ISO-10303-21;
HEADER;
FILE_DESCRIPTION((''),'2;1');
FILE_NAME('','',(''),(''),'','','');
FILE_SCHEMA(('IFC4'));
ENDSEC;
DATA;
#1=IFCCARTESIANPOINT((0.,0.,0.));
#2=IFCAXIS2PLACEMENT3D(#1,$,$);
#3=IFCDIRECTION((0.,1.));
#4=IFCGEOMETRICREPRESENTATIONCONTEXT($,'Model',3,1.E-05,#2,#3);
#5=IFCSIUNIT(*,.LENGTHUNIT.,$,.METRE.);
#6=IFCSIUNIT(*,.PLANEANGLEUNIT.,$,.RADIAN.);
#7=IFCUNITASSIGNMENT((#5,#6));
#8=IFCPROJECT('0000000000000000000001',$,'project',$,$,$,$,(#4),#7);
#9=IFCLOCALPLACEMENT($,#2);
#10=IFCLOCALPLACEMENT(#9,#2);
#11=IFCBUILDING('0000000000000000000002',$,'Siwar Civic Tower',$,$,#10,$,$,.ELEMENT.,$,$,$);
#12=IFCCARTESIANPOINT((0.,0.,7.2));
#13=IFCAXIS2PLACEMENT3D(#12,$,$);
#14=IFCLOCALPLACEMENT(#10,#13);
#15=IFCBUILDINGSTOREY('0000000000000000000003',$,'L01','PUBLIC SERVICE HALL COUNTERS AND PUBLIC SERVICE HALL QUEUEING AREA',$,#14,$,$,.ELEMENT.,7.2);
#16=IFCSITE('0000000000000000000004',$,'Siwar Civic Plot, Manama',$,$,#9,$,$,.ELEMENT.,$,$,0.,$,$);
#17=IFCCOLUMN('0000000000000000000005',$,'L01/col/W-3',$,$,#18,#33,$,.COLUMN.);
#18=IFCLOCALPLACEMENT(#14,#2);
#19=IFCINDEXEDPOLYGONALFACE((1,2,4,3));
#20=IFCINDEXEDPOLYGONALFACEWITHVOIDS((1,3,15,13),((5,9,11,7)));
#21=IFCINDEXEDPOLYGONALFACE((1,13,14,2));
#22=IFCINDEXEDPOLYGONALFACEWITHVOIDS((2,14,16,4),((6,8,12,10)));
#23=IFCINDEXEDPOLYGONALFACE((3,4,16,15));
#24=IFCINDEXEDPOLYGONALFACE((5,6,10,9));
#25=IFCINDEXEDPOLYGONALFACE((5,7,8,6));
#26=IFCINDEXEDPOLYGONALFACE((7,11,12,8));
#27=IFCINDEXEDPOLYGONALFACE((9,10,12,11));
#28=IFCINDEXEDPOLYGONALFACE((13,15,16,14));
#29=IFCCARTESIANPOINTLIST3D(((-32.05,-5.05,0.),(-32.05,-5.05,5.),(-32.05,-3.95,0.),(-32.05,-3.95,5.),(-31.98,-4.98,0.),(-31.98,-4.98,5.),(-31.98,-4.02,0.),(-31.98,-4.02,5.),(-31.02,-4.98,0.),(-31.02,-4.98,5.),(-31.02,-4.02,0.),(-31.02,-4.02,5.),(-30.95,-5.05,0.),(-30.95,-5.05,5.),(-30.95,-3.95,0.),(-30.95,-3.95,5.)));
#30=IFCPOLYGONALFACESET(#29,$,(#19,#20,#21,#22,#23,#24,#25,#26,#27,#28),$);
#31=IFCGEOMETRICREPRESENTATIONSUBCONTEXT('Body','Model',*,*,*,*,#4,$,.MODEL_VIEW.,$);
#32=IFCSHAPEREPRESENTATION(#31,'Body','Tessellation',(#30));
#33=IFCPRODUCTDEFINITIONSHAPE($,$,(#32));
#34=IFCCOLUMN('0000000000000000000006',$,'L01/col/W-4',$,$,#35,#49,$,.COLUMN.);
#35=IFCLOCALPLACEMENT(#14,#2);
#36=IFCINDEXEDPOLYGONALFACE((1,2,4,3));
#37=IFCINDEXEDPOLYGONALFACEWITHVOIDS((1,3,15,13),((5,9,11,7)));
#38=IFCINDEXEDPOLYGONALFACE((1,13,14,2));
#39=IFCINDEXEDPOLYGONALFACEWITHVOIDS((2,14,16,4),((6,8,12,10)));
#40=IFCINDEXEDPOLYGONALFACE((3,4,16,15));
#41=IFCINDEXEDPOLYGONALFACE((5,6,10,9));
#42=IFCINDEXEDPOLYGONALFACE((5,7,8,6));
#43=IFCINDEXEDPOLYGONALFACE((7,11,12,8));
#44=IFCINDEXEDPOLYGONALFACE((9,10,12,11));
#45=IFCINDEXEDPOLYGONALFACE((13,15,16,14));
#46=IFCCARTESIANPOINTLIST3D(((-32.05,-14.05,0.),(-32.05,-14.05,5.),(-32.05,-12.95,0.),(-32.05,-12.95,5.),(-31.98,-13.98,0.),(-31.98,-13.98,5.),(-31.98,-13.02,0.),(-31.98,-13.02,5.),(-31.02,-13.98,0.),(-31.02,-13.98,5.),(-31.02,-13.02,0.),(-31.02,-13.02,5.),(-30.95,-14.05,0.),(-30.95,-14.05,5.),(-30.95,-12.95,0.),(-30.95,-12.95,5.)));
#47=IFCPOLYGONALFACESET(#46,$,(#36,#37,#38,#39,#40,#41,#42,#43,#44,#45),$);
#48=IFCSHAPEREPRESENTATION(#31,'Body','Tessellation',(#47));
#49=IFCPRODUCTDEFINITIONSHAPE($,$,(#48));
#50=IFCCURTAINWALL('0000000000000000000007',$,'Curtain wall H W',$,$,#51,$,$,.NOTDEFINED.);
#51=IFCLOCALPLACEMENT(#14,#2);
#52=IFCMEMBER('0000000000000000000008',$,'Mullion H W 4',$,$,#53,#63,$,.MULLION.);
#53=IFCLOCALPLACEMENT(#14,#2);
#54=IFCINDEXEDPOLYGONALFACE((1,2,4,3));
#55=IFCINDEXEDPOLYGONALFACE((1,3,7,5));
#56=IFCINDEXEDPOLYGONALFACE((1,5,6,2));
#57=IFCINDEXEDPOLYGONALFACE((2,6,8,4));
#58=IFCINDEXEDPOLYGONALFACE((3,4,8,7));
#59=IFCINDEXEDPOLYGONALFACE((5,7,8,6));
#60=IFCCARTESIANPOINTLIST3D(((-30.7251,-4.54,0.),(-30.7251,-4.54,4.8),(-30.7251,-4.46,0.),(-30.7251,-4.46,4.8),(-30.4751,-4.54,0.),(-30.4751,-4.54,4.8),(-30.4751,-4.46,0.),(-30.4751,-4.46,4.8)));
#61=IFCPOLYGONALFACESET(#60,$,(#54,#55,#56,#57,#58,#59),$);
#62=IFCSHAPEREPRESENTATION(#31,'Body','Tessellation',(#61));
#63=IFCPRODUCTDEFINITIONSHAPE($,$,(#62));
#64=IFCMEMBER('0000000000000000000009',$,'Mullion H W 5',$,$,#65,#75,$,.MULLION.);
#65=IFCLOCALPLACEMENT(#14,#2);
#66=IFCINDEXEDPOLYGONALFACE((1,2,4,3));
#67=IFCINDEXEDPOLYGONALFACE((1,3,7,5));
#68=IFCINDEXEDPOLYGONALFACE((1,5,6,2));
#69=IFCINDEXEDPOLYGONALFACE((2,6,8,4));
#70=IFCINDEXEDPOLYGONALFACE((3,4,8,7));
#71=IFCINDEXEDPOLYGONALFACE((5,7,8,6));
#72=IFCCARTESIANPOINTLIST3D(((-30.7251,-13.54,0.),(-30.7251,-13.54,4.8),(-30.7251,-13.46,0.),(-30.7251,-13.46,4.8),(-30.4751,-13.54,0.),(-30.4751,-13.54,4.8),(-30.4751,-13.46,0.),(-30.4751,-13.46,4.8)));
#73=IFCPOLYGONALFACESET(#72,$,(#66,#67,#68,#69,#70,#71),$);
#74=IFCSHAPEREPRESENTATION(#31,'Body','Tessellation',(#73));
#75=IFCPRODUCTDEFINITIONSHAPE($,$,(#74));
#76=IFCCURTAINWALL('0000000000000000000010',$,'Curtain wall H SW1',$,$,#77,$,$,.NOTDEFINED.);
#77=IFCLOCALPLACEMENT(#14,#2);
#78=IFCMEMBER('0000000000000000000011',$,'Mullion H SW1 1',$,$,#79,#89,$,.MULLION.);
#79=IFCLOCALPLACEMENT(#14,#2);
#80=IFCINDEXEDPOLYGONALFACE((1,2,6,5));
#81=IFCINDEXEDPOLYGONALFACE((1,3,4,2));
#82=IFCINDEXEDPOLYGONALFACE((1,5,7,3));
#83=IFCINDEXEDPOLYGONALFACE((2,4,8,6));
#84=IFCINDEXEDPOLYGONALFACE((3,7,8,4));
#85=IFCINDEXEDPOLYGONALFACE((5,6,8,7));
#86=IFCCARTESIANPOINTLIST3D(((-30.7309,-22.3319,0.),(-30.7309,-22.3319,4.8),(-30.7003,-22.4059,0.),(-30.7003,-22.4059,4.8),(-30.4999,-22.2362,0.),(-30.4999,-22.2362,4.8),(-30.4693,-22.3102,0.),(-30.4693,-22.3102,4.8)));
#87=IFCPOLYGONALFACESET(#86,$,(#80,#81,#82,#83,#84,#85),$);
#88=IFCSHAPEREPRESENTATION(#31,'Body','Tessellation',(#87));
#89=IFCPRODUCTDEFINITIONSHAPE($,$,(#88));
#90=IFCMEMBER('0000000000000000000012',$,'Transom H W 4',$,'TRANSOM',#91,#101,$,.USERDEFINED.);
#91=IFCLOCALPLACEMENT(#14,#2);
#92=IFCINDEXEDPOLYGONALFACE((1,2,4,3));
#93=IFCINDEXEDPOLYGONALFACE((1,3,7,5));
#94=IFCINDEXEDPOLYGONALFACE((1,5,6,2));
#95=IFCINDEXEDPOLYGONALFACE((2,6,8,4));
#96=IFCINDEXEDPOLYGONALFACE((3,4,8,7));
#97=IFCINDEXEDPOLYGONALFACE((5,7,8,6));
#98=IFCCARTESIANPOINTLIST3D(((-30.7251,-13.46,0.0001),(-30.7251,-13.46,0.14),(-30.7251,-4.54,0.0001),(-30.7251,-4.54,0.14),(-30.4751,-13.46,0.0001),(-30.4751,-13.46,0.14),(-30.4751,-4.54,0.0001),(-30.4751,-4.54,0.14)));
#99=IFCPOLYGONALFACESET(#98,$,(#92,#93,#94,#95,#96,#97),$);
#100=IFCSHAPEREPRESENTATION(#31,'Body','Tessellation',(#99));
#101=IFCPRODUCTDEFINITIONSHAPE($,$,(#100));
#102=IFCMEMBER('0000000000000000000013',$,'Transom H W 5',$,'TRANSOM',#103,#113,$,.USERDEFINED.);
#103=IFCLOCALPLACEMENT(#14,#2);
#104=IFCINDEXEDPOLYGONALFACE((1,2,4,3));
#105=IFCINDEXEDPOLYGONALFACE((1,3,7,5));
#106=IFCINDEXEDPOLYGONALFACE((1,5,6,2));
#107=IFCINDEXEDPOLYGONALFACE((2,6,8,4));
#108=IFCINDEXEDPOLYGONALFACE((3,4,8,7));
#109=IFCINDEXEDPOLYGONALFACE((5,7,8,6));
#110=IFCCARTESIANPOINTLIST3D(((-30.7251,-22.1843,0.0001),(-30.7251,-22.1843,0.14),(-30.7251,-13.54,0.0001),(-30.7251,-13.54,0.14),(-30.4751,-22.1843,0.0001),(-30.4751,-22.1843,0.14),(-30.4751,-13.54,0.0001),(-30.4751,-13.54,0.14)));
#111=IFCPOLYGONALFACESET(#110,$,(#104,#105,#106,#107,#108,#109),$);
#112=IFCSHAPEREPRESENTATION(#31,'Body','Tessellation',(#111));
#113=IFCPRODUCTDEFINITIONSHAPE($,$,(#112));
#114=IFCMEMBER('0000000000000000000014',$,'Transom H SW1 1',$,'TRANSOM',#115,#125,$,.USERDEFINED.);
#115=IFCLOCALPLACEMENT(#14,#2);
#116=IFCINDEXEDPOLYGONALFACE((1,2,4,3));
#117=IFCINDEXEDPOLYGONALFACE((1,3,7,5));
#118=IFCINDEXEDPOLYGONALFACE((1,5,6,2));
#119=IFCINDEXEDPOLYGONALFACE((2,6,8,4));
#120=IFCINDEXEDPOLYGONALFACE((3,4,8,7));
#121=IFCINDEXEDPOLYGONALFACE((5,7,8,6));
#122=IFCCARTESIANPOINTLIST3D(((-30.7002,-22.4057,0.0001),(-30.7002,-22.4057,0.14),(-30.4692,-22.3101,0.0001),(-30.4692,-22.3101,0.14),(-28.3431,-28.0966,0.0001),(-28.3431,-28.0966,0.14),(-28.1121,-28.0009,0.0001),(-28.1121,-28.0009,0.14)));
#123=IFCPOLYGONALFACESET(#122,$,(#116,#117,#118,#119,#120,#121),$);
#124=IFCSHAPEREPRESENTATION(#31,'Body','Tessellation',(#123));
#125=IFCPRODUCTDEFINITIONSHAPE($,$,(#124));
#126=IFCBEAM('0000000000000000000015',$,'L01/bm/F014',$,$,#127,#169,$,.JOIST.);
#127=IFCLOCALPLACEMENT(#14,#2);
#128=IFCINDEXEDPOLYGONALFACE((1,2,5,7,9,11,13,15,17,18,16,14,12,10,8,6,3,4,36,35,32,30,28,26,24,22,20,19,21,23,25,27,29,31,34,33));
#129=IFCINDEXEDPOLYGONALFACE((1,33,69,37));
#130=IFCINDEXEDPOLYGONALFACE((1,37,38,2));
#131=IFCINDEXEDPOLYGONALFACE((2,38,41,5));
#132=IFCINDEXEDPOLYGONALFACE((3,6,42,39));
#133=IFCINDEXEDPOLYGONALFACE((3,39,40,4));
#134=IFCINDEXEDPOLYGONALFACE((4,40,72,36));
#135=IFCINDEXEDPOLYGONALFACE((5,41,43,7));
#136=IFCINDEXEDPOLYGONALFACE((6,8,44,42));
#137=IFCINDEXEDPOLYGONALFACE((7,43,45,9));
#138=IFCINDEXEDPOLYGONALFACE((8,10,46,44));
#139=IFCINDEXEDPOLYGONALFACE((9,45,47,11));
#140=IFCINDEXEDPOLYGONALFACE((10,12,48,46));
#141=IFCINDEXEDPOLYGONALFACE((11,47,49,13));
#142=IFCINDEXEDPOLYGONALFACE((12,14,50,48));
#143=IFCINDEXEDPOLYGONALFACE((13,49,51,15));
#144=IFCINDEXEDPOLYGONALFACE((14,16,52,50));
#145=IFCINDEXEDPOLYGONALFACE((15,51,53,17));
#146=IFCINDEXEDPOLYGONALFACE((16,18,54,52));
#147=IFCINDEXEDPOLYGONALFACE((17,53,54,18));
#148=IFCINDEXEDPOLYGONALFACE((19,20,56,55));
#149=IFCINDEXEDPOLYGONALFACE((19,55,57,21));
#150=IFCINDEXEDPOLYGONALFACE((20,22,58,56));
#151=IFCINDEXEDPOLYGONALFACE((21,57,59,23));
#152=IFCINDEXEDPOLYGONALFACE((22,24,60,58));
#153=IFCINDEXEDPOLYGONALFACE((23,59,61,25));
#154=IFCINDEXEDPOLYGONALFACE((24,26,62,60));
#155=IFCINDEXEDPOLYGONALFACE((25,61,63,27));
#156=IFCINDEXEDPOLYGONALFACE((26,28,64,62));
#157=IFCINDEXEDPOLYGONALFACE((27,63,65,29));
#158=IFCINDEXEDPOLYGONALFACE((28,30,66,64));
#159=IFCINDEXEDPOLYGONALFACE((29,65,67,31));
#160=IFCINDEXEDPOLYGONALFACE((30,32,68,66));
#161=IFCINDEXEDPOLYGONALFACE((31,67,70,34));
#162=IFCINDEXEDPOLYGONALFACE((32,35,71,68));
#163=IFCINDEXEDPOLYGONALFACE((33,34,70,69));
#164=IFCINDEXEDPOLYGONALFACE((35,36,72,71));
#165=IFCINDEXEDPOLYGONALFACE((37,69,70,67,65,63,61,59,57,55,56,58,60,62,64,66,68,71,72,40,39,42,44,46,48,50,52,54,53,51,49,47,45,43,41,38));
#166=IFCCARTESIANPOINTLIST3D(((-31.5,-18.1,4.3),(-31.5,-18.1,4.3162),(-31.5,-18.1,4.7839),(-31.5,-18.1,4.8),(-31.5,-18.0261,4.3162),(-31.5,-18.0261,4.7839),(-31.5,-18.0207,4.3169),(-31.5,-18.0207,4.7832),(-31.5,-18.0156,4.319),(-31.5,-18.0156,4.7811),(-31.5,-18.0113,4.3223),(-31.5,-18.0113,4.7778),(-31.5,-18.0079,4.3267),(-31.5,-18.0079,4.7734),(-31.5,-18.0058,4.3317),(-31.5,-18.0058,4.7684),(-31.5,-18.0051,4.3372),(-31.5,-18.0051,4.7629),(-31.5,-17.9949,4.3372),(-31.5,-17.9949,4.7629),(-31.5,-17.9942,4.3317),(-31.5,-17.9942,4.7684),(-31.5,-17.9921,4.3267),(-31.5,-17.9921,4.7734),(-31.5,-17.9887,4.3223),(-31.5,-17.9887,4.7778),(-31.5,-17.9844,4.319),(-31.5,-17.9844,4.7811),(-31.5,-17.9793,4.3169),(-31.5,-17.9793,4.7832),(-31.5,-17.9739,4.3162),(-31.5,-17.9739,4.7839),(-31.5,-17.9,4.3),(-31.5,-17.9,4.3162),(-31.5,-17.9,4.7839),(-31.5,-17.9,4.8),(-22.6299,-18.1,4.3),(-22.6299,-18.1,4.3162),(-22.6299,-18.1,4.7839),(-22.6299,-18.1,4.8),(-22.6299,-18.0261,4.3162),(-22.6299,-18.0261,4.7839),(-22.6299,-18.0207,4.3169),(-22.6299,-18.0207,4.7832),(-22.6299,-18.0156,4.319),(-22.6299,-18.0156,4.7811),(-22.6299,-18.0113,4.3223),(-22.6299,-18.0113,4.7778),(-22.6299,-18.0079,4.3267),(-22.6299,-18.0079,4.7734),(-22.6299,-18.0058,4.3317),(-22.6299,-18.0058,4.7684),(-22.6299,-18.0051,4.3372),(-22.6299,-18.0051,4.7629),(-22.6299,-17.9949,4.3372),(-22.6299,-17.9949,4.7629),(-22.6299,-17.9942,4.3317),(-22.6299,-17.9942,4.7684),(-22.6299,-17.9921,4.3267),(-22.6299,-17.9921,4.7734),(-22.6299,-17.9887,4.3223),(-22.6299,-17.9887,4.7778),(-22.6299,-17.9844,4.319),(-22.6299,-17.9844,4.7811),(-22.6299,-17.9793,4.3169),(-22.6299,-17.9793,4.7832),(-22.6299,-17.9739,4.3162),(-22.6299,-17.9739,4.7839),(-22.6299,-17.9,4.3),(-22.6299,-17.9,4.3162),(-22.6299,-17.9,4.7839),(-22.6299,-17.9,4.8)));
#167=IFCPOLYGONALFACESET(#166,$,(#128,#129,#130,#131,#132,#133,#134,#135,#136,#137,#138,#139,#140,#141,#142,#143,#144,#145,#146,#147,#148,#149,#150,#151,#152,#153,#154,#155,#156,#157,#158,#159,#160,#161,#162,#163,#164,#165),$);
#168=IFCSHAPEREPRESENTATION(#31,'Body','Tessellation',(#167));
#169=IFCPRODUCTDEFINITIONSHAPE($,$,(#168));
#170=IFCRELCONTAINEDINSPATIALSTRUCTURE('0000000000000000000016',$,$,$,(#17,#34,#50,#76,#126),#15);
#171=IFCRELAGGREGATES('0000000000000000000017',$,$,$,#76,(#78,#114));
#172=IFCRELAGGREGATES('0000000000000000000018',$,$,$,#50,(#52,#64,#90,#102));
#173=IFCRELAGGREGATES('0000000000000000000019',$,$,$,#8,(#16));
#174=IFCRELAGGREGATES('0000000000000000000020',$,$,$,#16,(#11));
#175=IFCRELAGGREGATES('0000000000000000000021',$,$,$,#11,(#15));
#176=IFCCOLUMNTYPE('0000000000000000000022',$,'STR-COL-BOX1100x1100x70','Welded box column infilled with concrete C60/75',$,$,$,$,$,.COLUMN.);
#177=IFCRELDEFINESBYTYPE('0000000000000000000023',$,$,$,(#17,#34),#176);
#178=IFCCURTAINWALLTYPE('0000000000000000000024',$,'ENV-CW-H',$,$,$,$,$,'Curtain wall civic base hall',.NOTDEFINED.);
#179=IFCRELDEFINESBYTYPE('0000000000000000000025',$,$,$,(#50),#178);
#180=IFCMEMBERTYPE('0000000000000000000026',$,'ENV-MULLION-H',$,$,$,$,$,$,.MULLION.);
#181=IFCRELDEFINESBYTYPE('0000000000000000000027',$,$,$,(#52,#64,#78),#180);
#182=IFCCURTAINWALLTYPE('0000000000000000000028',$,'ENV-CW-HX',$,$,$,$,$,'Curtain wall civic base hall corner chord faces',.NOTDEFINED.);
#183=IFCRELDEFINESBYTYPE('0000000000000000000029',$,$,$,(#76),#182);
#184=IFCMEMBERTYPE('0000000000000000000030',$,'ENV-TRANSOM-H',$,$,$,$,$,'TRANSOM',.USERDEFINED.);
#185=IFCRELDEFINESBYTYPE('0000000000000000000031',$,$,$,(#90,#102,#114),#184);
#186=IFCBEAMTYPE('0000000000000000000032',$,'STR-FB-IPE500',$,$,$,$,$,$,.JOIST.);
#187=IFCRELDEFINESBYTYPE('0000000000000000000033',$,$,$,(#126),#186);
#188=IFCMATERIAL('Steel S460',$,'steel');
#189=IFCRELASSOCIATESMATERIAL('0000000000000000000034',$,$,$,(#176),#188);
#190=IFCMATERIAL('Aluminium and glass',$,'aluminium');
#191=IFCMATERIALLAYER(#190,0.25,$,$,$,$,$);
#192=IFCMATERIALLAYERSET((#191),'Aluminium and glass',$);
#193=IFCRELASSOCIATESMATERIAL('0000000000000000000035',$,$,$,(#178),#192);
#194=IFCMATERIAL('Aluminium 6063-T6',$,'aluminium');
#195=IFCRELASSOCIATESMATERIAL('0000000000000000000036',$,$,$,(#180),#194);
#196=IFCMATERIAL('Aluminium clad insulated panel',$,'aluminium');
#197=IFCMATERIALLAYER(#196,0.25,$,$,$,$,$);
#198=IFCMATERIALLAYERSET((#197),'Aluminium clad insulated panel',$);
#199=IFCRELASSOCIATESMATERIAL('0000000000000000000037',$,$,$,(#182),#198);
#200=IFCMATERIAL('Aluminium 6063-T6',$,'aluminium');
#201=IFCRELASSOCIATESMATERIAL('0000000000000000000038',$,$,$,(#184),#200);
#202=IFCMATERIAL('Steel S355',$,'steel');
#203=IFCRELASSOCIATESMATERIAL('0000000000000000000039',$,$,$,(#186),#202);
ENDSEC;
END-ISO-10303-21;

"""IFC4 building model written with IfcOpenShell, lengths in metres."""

from ifc_helpers import new_model, si_unit, direction, frame, origin, origin_2d, place, context, subcontext, project, spatial, rectangle, hollow_rectangle, i_section, extrude, material, layer, layer_set, material_profile, profile_set, type_object, element, aggregate, save


model = new_model("IFC4")

# Units and contexts
model_context = context("Model", 3, precision=1e-05, world=origin(), true_north=direction((0.0, 1.0)))
body_context = subcontext(model_context, "Body", "Model", "MODEL_VIEW")
ifc_project = project(units=[si_unit("LENGTHUNIT", "METRE"), si_unit("PLANEANGLEUNIT", "RADIAN")], contexts=[model_context])

# Site, building, storey
site_placement = place(None, origin())
site = spatial("IfcSite", under=ifc_project, at=site_placement, Name="Siwar Civic Plot, Manama", CompositionType="ELEMENT", RefElevation=0.0)
building_placement = place(site_placement, origin())
building = spatial("IfcBuilding", under=site, at=building_placement, Name="Siwar Civic Tower", CompositionType="ELEMENT")
storey_placement = place(building_placement, frame((0.0, 0.0, 7.2)))
storey = spatial("IfcBuildingStorey", under=building, at=storey_placement, Name="L01", Description="PUBLIC SERVICE HALL COUNTERS AND PUBLIC SERVICE HALL QUEUEING AREA", CompositionType="ELEMENT", Elevation=7.2)

# Columns
ifc_material_1 = material(Name="Steel S460", Category="steel")
ifc_material_profile_1 = material_profile(ifc_material_1, hollow_rectangle(XDim=1.1001, YDim=1.1001, WallThickness=0.0701, at=origin_2d()), Name="BOX1100x1100x70")
ifc_profile_set_1 = profile_set([ifc_material_profile_1], Name="Steel S460")
column_type = type_object("IfcColumnType", Name="STR-COL-BOX1100x1100x70", Description="Welded box column infilled with concrete C60/75", PredefinedType="COLUMN", material=ifc_profile_set_1)
for number, where, z_axis, x_axis, name in (
    (1, (-31.5, -4.5, 0.0), (0.0, 0.0, 1.0), (1.0, 0.0, 0.0), "L01/col/W-3"),
    (2, (-31.5, -13.5, 0.0), (0.0, 0.0, 1.0), (1.0, 0.0, 0.0), "L01/col/W-4"),
):
    element("IfcColumn", number, at=place(storey_placement, frame(where, z_axis=z_axis, x_axis=x_axis)), inside=storey, type_object=column_type, Name=name, PredefinedType="COLUMN", context=body_context, shape_type="SweptSolid", body=[
        extrude(hollow_rectangle(XDim=1.1001, YDim=1.1001, WallThickness=0.0701, at=origin_2d()), origin(), (0.0, 0.0, 1.0), 5.0),
    ])

# Curtain wall, members
ifc_material_2 = material(Name="Aluminium and glass", Category="aluminium")
ifc_layer_1 = layer(ifc_material_2, 0.25)
ifc_layer_set_1 = layer_set([ifc_layer_1], Name="Aluminium and glass")
curtain_wall_type_1 = type_object("IfcCurtainWallType", Name="ENV-CW-H", ElementType="Curtain wall civic base hall", PredefinedType="NOTDEFINED", material=ifc_layer_set_1)
curtain_wall_1_placement = place(storey_placement, origin())
curtain_wall_1 = element("IfcCurtainWall", 3, at=curtain_wall_1_placement, inside=storey, type_object=curtain_wall_type_1, Name="Curtain wall H W", PredefinedType="NOTDEFINED")
ifc_material_3 = material(Name="Aluminium 6063-T6", Category="aluminium")
ifc_material_profile_2 = material_profile(ifc_material_3, rectangle(XDim=0.25, YDim=0.0801, at=origin_2d()), Name="AL 250x80")
ifc_profile_set_2 = profile_set([ifc_material_profile_2], Name="Aluminium 6063-T6")
member_type_1 = type_object("IfcMemberType", Name="ENV-MULLION-H", PredefinedType="MULLION", material=ifc_profile_set_2)
member_1_placement = place(storey_placement, frame((-30.6001, -4.5, 0.0), z_axis=(0.0, 0.0, 1.0), x_axis=(1.0, 0.0, 0.0)))
member_1 = element("IfcMember", 4, at=member_1_placement, type_object=member_type_1, Name="Mullion H W 4", PredefinedType="MULLION", context=body_context, shape_type="SweptSolid", body=[
    extrude(rectangle(XDim=0.25, YDim=0.0801, at=origin_2d()), origin(), (0.0, 0.0, 1.0), 4.8),
])
member_2_placement = place(storey_placement, frame((-30.6001, -13.5, 0.0), z_axis=(0.0, 0.0, 1.0), x_axis=(1.0, 0.0, 0.0)))
member_2 = element("IfcMember", 5, at=member_2_placement, type_object=member_type_1, Name="Mullion H W 5", PredefinedType="MULLION", context=body_context, shape_type="SweptSolid", body=[
    extrude(rectangle(XDim=0.25, YDim=0.0801, at=origin_2d()), origin(), (0.0, 0.0, 1.0), 4.8),
])

# Curtain wall, member
ifc_material_4 = material(Name="Aluminium clad insulated panel", Category="aluminium")
ifc_layer_2 = layer(ifc_material_4, 0.25)
ifc_layer_set_2 = layer_set([ifc_layer_2], Name="Aluminium clad insulated panel")
curtain_wall_type_2 = type_object("IfcCurtainWallType", Name="ENV-CW-HX", ElementType="Curtain wall civic base hall corner chord faces", PredefinedType="NOTDEFINED", material=ifc_layer_set_2)
curtain_wall_2_placement = place(storey_placement, origin())
curtain_wall_2 = element("IfcCurtainWall", 6, at=curtain_wall_2_placement, inside=storey, type_object=curtain_wall_type_2, Name="Curtain wall H SW1", PredefinedType="NOTDEFINED")
member_3_placement = place(storey_placement, frame((-30.6001, -22.321, 0.0), z_axis=(0.0, 0.0, 1.0), x_axis=(0.92388, 0.382683, 0.0)))
member_3 = element("IfcMember", 7, at=member_3_placement, type_object=member_type_1, Name="Mullion H SW1 1", PredefinedType="MULLION", context=body_context, shape_type="SweptSolid", body=[
    extrude(rectangle(XDim=0.25, YDim=0.0801, at=origin_2d()), origin(), (0.0, 0.0, 1.0), 4.8),
])

# Members
ifc_material_5 = material(Name="Aluminium 6063-T6", Category="aluminium")
ifc_material_profile_3 = material_profile(ifc_material_5, rectangle(XDim=0.25, YDim=0.1399, at=origin_2d()), Name="AL 250x140")
ifc_profile_set_3 = profile_set([ifc_material_profile_3], Name="Aluminium 6063-T6")
member_type_2 = type_object("IfcMemberType", Name="ENV-TRANSOM-H", ElementType="TRANSOM", PredefinedType="USERDEFINED", material=ifc_profile_set_3)
member_4_placement = place(storey_placement, frame((-30.6001, -4.54, 0.0701), z_axis=(0.0, -1.0, 0.0), x_axis=(1.0, 0.0, 0.0)))
member_4 = element("IfcMember", 8, at=member_4_placement, type_object=member_type_2, Name="Transom H W 4", ObjectType="TRANSOM", PredefinedType="USERDEFINED", context=body_context, shape_type="SweptSolid", body=[
    extrude(rectangle(XDim=0.25, YDim=0.1399, at=origin_2d()), origin(), (0.0, 0.0, 1.0), 8.9199),
])
member_5_placement = place(storey_placement, frame((-30.6001, -13.54, 0.0701), z_axis=(0.0, -1.0, 0.0), x_axis=(1.0, 0.0, 0.0)))
member_5 = element("IfcMember", 9, at=member_5_placement, type_object=member_type_2, Name="Transom H W 5", ObjectType="TRANSOM", PredefinedType="USERDEFINED", context=body_context, shape_type="SweptSolid", body=[
    extrude(rectangle(XDim=0.25, YDim=0.1399, at=origin_2d()), origin(), (0.0, 0.0, 1.0), 8.6443),
])
member_6_placement = place(storey_placement, frame((-30.5847, -22.3579, 0.0701), z_axis=(0.382673, -0.923884, 0.0), x_axis=(0.923884, 0.382673, 0.0)))
member_6 = element("IfcMember", 10, at=member_6_placement, type_object=member_type_2, Name="Transom H SW1 1", ObjectType="TRANSOM", PredefinedType="USERDEFINED", context=body_context, shape_type="SweptSolid", body=[
    extrude(rectangle(XDim=0.25, YDim=0.1399, at=origin_2d()), origin(), (0.0, 0.0, 1.0), 6.1597),
])
aggregate(curtain_wall_2, [member_3, member_6])

# Beam
ifc_material_6 = material(Name="Steel S355", Category="steel")
ifc_material_profile_4 = material_profile(ifc_material_6, i_section(OverallWidth=0.2, OverallDepth=0.5, WebThickness=0.0103, FlangeThickness=0.0161, FilletRadius=0.021, at=origin_2d()), Name="IPE500")
ifc_profile_set_4 = profile_set([ifc_material_profile_4], Name="Steel S355")
beam_type_1 = type_object("IfcBeamType", Name="STR-FB-IPE500", PredefinedType="JOIST", material=ifc_profile_set_4)
beam_1_placement = place(storey_placement, frame((-31.5, -18.0, 4.55), z_axis=(1.0, 0.0, 0.0), x_axis=(0.0, 1.0, 0.0)))
element("IfcBeam", 11, at=beam_1_placement, inside=storey, type_object=beam_type_1, Name="L01/bm/F014", PredefinedType="JOIST", context=body_context, shape_type="SweptSolid", body=[
    extrude(i_section(OverallWidth=0.2, OverallDepth=0.5, WebThickness=0.0103, FlangeThickness=0.0161, FilletRadius=0.021, at=origin_2d()), origin(), (0.0, 0.0, 1.0), 8.8701),
])

aggregate(curtain_wall_1, [member_1, member_2, member_4, member_5])

save(model, "model.ifc")
